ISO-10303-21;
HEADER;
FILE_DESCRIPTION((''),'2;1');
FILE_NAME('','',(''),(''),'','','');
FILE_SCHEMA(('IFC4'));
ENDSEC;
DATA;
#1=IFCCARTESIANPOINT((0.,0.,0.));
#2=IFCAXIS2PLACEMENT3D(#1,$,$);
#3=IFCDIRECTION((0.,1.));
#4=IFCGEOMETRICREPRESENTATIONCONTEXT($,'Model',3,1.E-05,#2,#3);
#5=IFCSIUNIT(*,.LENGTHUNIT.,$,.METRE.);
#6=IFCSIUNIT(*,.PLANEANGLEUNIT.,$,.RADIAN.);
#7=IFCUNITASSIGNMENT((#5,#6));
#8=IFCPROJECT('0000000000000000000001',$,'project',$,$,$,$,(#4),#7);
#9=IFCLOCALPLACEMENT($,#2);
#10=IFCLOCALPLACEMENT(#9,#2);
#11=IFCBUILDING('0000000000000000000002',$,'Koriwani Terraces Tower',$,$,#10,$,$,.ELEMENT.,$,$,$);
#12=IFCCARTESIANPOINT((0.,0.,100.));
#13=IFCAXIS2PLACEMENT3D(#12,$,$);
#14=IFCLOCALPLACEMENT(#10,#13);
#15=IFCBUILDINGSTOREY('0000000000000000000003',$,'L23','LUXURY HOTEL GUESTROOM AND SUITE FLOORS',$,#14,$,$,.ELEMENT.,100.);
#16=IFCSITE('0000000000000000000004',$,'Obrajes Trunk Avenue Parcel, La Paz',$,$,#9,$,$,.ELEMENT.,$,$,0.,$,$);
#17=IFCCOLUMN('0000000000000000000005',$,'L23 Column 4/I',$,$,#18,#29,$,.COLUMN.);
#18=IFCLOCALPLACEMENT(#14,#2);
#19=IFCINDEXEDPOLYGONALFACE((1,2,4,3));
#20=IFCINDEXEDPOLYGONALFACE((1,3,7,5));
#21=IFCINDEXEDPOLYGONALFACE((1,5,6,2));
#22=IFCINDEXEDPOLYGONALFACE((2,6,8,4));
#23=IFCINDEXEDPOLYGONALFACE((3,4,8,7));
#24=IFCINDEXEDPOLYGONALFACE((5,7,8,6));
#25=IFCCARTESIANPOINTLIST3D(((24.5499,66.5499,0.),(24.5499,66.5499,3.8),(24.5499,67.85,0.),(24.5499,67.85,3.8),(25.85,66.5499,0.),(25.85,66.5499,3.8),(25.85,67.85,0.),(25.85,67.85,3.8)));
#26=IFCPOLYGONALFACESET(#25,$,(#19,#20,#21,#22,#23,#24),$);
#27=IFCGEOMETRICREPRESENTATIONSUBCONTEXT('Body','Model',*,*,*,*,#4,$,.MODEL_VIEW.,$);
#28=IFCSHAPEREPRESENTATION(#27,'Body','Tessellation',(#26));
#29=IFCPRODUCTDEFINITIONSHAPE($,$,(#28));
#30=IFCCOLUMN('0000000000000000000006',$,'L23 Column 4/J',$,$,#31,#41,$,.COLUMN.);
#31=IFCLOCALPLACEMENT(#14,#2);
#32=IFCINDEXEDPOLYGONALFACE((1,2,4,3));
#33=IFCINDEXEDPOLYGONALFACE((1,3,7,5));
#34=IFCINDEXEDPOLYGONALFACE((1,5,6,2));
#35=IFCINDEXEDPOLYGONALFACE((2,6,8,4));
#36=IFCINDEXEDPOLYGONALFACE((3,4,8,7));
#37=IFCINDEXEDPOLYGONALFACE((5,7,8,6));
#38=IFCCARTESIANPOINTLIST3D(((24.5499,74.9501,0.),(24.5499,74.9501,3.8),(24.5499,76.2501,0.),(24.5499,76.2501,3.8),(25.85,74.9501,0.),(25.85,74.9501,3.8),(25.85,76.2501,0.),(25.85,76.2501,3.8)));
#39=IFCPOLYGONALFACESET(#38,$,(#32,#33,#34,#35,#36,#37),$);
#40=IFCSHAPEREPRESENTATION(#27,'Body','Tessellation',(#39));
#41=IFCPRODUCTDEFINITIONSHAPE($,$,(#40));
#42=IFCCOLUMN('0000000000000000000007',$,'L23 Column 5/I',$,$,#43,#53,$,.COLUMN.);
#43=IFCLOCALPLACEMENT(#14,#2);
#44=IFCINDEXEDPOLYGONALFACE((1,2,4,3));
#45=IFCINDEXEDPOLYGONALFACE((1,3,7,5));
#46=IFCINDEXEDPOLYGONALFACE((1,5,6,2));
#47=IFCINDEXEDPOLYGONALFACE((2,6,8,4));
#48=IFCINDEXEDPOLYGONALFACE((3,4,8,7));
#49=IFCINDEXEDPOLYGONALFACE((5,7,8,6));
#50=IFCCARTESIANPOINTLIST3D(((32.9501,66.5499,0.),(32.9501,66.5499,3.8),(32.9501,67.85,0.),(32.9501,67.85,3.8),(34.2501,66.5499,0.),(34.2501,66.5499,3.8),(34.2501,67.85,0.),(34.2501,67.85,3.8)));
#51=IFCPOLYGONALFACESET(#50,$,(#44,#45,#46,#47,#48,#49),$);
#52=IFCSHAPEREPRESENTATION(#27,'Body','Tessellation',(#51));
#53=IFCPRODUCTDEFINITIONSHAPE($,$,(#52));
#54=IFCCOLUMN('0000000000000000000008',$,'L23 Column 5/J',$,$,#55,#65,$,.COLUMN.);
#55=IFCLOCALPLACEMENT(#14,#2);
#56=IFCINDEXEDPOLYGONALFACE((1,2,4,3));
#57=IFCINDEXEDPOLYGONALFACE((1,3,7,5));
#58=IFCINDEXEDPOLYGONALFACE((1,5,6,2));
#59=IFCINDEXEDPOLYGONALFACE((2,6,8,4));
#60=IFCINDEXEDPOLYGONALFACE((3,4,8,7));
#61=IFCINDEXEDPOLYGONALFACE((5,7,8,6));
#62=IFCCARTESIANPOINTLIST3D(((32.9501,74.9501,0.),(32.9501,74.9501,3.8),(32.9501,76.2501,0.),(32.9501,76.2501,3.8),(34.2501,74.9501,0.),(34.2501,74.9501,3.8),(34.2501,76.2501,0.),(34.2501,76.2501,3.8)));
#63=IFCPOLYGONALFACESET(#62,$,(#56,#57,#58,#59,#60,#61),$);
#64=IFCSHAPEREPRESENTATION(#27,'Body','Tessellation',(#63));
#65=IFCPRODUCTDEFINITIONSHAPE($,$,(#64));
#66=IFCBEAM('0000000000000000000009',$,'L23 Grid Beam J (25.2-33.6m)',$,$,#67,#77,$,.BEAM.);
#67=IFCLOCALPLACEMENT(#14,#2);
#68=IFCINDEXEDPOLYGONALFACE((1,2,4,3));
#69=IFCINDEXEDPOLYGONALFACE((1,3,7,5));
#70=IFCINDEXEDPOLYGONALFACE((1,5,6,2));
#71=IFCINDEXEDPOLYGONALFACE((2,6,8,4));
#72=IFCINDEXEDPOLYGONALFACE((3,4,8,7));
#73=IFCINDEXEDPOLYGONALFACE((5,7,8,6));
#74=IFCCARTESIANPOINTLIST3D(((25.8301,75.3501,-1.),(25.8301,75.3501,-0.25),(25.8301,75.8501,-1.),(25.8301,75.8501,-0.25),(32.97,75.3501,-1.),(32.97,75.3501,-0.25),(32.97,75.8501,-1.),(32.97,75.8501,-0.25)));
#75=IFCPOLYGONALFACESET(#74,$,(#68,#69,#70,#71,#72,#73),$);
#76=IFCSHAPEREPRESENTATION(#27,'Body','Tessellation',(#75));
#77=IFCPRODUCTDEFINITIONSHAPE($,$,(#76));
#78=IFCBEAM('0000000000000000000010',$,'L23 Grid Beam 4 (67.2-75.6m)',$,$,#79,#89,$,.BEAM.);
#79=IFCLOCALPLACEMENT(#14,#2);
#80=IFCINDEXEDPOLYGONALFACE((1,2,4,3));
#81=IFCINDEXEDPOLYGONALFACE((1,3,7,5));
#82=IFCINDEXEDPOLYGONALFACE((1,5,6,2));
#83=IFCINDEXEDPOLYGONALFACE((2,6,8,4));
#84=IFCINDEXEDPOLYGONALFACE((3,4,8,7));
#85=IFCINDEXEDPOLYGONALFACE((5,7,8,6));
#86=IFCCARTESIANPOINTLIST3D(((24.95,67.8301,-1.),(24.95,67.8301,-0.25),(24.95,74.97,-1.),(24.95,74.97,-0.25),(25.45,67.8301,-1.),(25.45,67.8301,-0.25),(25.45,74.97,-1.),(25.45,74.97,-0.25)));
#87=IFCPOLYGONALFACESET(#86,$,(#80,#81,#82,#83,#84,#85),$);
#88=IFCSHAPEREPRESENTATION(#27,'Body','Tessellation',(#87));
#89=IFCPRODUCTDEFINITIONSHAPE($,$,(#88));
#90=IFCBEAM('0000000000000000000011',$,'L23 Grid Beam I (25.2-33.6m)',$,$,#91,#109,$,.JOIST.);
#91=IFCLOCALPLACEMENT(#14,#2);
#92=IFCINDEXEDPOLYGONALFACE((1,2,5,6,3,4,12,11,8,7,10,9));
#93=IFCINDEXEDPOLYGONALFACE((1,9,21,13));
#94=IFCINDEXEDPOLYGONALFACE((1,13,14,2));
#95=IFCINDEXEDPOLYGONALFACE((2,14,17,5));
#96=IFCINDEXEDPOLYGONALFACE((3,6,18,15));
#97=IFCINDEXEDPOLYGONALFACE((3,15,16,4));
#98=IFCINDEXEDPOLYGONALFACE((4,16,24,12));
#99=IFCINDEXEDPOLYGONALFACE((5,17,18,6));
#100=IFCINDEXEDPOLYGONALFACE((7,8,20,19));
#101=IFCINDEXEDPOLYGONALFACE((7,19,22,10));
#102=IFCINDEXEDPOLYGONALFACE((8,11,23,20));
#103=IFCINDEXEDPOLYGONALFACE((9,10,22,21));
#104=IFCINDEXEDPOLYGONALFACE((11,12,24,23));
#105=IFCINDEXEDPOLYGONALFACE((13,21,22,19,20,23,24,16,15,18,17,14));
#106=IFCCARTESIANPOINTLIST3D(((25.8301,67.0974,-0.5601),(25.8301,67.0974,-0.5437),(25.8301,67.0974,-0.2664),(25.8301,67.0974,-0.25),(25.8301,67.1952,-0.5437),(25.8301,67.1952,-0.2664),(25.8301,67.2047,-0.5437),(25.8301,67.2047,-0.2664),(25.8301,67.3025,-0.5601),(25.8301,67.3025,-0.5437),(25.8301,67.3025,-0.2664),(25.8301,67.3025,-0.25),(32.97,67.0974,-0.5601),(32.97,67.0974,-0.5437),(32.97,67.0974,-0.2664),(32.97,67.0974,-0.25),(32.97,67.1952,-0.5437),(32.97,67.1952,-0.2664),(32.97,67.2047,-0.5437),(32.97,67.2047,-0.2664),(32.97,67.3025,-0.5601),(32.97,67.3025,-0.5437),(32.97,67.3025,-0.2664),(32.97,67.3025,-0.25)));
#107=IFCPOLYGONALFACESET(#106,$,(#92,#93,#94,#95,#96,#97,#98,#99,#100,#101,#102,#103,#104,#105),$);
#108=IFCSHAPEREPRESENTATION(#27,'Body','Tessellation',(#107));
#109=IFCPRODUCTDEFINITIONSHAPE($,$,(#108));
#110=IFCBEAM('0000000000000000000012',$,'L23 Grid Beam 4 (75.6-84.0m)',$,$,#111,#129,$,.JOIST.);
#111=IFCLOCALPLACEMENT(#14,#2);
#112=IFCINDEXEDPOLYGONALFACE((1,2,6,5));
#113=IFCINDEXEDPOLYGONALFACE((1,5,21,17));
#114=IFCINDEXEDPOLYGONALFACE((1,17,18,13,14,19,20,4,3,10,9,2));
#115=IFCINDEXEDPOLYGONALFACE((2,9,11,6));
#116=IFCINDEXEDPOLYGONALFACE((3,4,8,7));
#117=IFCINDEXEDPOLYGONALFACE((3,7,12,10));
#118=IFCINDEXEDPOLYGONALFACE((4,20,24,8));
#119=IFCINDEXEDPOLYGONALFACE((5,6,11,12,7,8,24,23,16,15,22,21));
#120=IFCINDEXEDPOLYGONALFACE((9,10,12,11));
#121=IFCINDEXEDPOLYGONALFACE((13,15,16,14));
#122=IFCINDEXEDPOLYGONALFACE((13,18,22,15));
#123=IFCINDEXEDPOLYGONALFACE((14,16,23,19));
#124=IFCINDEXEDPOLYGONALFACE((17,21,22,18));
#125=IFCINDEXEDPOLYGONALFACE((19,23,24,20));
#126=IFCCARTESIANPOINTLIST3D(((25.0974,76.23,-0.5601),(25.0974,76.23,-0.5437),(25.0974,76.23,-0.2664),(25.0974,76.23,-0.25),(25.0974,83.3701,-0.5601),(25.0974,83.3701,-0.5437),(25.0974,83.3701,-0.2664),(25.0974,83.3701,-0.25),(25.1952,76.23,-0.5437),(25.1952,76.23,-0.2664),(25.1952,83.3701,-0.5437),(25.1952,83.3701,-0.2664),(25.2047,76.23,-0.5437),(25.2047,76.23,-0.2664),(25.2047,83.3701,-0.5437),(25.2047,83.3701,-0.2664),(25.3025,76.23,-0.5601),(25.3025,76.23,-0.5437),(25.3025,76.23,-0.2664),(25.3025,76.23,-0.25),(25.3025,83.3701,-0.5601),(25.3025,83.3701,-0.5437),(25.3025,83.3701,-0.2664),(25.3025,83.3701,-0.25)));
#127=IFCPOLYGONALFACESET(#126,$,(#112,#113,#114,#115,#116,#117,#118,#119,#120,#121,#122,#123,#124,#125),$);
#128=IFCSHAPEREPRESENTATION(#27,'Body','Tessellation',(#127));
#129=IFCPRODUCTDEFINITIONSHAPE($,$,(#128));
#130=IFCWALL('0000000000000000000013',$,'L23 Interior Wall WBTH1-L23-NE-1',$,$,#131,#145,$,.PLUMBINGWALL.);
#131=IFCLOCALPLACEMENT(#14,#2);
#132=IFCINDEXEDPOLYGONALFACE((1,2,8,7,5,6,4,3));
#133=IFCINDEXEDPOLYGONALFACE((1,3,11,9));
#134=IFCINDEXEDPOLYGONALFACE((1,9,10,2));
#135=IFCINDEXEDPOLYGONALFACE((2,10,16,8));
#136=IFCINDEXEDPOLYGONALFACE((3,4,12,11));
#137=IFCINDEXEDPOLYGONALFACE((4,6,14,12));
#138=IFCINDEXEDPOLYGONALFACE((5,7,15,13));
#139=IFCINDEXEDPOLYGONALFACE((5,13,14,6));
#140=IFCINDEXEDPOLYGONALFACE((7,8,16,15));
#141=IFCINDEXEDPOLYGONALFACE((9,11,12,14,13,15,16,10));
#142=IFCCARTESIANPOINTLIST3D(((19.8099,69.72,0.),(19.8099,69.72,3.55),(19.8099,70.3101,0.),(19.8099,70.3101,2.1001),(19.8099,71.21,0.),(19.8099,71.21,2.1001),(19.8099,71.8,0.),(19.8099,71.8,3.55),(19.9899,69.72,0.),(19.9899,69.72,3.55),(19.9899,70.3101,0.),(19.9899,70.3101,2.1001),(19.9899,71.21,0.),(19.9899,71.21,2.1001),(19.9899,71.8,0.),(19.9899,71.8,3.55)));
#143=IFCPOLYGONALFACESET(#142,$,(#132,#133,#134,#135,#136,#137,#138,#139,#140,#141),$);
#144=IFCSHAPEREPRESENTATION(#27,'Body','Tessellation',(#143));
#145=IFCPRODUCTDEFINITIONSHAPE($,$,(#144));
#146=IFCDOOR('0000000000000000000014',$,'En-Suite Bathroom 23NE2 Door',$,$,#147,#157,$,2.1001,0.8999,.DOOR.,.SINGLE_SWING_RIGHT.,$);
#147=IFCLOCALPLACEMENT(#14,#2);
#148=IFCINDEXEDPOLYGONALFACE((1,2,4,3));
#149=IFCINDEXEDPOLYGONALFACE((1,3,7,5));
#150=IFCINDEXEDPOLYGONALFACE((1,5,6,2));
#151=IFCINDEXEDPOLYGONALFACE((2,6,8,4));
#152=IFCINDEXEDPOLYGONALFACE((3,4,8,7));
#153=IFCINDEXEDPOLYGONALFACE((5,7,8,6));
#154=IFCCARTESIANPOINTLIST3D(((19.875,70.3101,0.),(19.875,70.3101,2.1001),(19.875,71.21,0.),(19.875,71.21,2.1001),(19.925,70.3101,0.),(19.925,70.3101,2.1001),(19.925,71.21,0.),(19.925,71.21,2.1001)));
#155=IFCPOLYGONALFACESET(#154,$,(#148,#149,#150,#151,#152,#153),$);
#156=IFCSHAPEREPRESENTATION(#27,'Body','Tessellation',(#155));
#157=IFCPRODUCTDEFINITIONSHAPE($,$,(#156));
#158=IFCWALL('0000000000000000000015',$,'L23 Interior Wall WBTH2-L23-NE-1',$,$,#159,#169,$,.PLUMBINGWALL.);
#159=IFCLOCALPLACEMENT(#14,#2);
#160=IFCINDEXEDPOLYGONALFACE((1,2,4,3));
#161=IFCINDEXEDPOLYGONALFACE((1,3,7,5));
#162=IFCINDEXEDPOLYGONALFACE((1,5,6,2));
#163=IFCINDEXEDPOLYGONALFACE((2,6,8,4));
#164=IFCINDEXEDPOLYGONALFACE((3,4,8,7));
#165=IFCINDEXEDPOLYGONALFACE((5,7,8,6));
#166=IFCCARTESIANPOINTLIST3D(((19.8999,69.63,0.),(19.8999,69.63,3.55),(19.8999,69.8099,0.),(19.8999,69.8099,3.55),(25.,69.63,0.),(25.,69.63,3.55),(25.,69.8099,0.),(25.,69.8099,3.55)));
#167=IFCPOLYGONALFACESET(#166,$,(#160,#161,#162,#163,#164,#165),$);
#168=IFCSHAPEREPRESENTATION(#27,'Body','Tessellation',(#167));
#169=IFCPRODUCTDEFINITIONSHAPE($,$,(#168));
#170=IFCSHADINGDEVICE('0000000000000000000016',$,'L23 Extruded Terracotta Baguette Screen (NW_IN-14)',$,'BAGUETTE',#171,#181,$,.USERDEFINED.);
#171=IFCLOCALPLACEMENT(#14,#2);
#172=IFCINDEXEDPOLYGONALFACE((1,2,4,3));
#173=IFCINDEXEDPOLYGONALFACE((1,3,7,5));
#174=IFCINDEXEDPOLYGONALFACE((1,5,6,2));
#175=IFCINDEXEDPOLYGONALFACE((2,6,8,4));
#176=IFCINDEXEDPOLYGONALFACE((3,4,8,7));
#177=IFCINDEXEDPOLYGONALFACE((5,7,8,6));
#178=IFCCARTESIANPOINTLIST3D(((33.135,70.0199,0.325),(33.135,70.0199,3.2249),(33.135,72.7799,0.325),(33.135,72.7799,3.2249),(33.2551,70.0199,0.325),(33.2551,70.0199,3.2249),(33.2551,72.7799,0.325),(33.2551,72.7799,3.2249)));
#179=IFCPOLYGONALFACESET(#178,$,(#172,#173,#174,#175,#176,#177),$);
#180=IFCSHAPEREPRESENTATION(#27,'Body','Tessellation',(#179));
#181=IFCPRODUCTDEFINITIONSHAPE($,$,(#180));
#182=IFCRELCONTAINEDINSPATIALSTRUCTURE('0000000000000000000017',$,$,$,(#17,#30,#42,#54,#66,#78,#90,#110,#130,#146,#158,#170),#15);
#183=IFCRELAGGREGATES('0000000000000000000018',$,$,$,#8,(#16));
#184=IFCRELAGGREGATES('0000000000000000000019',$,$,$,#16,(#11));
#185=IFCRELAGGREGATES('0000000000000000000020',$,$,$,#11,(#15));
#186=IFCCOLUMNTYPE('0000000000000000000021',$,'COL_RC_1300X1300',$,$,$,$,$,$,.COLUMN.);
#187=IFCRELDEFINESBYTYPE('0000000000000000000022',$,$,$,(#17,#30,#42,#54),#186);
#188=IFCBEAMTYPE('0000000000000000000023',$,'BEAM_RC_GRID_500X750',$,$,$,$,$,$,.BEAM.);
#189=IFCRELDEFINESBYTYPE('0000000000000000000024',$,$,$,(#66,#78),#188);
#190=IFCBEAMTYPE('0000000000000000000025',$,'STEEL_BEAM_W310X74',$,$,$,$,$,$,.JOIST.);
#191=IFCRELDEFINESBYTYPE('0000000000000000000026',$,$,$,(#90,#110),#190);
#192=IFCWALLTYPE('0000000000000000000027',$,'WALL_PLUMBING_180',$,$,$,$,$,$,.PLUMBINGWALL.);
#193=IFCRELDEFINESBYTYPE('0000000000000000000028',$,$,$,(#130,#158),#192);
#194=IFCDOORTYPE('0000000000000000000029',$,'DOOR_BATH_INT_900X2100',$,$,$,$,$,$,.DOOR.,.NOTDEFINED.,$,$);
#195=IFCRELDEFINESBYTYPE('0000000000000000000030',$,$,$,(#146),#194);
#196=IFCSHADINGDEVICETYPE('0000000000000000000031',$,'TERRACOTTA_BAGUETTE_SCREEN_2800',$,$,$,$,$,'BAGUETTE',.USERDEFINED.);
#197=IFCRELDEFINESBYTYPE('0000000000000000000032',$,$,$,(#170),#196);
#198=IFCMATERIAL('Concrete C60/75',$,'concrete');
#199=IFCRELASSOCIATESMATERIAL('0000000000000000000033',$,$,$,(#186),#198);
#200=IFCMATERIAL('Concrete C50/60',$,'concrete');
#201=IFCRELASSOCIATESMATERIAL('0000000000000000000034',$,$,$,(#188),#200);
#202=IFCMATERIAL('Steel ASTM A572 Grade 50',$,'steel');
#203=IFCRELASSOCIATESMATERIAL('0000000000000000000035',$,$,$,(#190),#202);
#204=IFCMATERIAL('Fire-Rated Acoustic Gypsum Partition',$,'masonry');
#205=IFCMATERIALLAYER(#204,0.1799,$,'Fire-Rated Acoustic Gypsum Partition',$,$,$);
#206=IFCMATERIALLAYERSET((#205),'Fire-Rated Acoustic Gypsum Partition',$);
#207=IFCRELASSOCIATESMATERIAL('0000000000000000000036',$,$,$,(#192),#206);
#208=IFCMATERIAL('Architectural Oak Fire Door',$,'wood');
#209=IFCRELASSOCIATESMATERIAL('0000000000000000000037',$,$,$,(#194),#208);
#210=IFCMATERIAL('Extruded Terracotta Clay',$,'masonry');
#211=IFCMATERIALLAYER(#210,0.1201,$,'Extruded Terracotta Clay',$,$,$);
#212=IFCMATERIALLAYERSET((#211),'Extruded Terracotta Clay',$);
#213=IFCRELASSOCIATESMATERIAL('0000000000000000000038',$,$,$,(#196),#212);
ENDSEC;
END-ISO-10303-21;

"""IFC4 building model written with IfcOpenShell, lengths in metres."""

from ifc_helpers import new_model, si_unit, direction, frame, frame_2d, origin, origin_2d, place, context, subcontext, project, spatial, rectangle, i_section, extrude, material, layer, layer_set, material_profile, profile_set, type_object, element, fill, save


model = new_model("IFC4")

# Units and contexts
model_context = context("Model", 3, precision=1e-05, world=origin(), true_north=direction((0.0, 1.0)))
body_context = subcontext(model_context, "Body", "Model", "MODEL_VIEW")
ifc_project = project(units=[si_unit("LENGTHUNIT", "METRE"), si_unit("PLANEANGLEUNIT", "RADIAN")], contexts=[model_context])

# Site, building, storey
site_placement = place(None, origin())
site = spatial("IfcSite", under=ifc_project, at=site_placement, Name="Obrajes Trunk Avenue Parcel, La Paz", CompositionType="ELEMENT", RefElevation=0.0)
building_placement = place(site_placement, origin())
building = spatial("IfcBuilding", under=site, at=building_placement, Name="Koriwani Terraces Tower", CompositionType="ELEMENT")
storey_placement = place(building_placement, frame((0.0, 0.0, 100.0)))
storey = spatial("IfcBuildingStorey", under=building, at=storey_placement, Name="L23", Description="LUXURY HOTEL GUESTROOM AND SUITE FLOORS", CompositionType="ELEMENT", Elevation=100.0)

# Columns
ifc_material_1 = material(Name="Concrete C60/75", Category="concrete")
ifc_material_profile_1 = material_profile(ifc_material_1, rectangle(XDim=1.3, YDim=1.3, at=origin_2d()), Name="Concrete C60/75", Category="LoadBearing")
ifc_profile_set_1 = profile_set([ifc_material_profile_1], Name="Concrete C60/75")
column_type = type_object("IfcColumnType", Name="COL_RC_1300X1300", PredefinedType="COLUMN", material=ifc_profile_set_1)
for number, where, z_axis, x_axis, name in (
    (1, (25.2, 67.2, 0.0), (0.0, 0.0, 1.0), (1.0, 0.0, 0.0), "L23 Column 4/I"),
    (2, (25.2, 75.6001, 0.0), (0.0, 0.0, 1.0), (1.0, 0.0, 0.0), "L23 Column 4/J"),
    (3, (33.6001, 67.2, 0.0), (0.0, 0.0, 1.0), (1.0, 0.0, 0.0), "L23 Column 5/I"),
    (4, (33.6001, 75.6001, 0.0), (0.0, 0.0, 1.0), (1.0, 0.0, 0.0), "L23 Column 5/J"),
):
    element("IfcColumn", number, at=place(storey_placement, frame(where, z_axis=z_axis, x_axis=x_axis)), inside=storey, type_object=column_type, Name=name, PredefinedType="COLUMN", context=body_context, shape_type="SweptSolid", body=[
        extrude(rectangle(XDim=1.3, YDim=1.3, at=origin_2d()), origin(), (0.0, 0.0, 1.0), 3.8),
    ])

# Beams
ifc_material_2 = material(Name="Concrete C50/60", Category="concrete")
ifc_material_profile_2 = material_profile(ifc_material_2, rectangle(XDim=0.5, YDim=0.75, at=origin_2d()), Name="Concrete C50/60", Category="LoadBearing")
ifc_profile_set_2 = profile_set([ifc_material_profile_2], Name="Concrete C50/60")
beam_type_1 = type_object("IfcBeamType", Name="BEAM_RC_GRID_500X750", PredefinedType="BEAM", material=ifc_profile_set_2)
for number, where, z_axis, x_axis, name in (
    (5, (25.8301, 75.6001, -0.625), (1.0, 0.0, 0.0), (0.0, 1.0, 0.0), "L23 Grid Beam J (25.2-33.6m)"),
    (6, (25.2, 67.8301, -0.625), (0.0, 1.0, 0.0), (-1.0, 0.0, 0.0), "L23 Grid Beam 4 (67.2-75.6m)"),
):
    element("IfcBeam", number, at=place(storey_placement, frame(where, z_axis=z_axis, x_axis=x_axis)), inside=storey, type_object=beam_type_1, Name=name, PredefinedType="BEAM", context=body_context, shape_type="SweptSolid", body=[
        extrude(rectangle(XDim=0.5, YDim=0.75, at=origin_2d()), origin(), (0.0, 0.0, 1.0), 7.1399),
    ])
ifc_material_3 = material(Name="Steel ASTM A572 Grade 50", Category="steel")
ifc_material_profile_3 = material_profile(ifc_material_3, i_section(OverallWidth=0.2051, OverallDepth=0.3101, WebThickness=0.0095, FlangeThickness=0.0164, at=origin_2d()), Name="Steel ASTM A572 Grade 50", Category="LoadBearing")
ifc_profile_set_3 = profile_set([ifc_material_profile_3], Name="Steel ASTM A572 Grade 50")
beam_type_2 = type_object("IfcBeamType", Name="STEEL_BEAM_W310X74", PredefinedType="JOIST", material=ifc_profile_set_3)
beam_1_placement = place(storey_placement, frame((25.8301, 67.2, -0.405), z_axis=(1.0, 0.0, 0.0), x_axis=(0.0, 1.0, 0.0)))
element("IfcBeam", 7, at=beam_1_placement, inside=storey, type_object=beam_type_2, Name="L23 Grid Beam I (25.2-33.6m)", PredefinedType="JOIST", context=body_context, shape_type="SweptSolid", body=[
    extrude(i_section(OverallWidth=0.2051, OverallDepth=0.3101, WebThickness=0.0095, FlangeThickness=0.0164, at=origin_2d()), origin(), (0.0, 0.0, 1.0), 7.1399),
])
beam_2_placement = place(storey_placement, frame((25.2, 76.23, -0.405), z_axis=(0.0, 1.0, 0.0), x_axis=(-1.0, 0.0, 0.0)))
element("IfcBeam", 8, at=beam_2_placement, inside=storey, type_object=beam_type_2, Name="L23 Grid Beam 4 (75.6-84.0m)", PredefinedType="JOIST", context=body_context, shape_type="SweptSolid", body=[
    extrude(i_section(OverallWidth=0.2051, OverallDepth=0.3101, WebThickness=0.0095, FlangeThickness=0.0164, at=origin_2d()), origin(), (0.0, 0.0, 1.0), 7.1401),
])

# Wall, opening, door
ifc_material_4 = material(Name="Fire-Rated Acoustic Gypsum Partition", Category="masonry")
ifc_layer_1 = layer(ifc_material_4, 0.1799, Name="Fire-Rated Acoustic Gypsum Partition")
ifc_layer_set_1 = layer_set([ifc_layer_1], Name="Fire-Rated Acoustic Gypsum Partition")
wall_type = type_object("IfcWallType", Name="WALL_PLUMBING_180", PredefinedType="PLUMBINGWALL", material=ifc_layer_set_1)
wall_1_placement = place(storey_placement, frame((19.8999, 69.72, 0.0), z_axis=(0.0, 0.0, 1.0), x_axis=(0.0, 1.0, 0.0)))
wall_1 = element("IfcWall", 9, at=wall_1_placement, inside=storey, type_object=wall_type, Name="L23 Interior Wall WBTH1-L23-NE-1", PredefinedType="PLUMBINGWALL", context=body_context, shape_type="SweptSolid", body=[
    extrude(rectangle(XDim=2.0801, YDim=0.1799, at=frame_2d((1.04, 0.0))), origin(), (0.0, 0.0, 1.0), 3.55),
])
opening_placement = place(wall_1_placement, frame((0.5901, 0.0, 0.0)))
opening = element("IfcOpeningElement", 10, at=opening_placement, cuts=wall_1, PredefinedType="OPENING", context=body_context, shape_type="SweptSolid", body=[
    extrude(rectangle(XDim=0.8999, YDim=2.1001, at=frame_2d((0.45, 1.05))), frame((0.0, 0.1001, 0.0), z_axis=(0.0, -1.0, 0.0), x_axis=(1.0, 0.0, 0.0)), (0.0, 0.0, 1.0), 0.2),
])
ifc_material_5 = material(Name="Architectural Oak Fire Door", Category="wood")
door_type = type_object("IfcDoorType", Name="DOOR_BATH_INT_900X2100", OperationType="NOTDEFINED", PredefinedType="DOOR", material=ifc_material_5)
door_placement = place(opening_placement, origin())
door = element("IfcDoor", 11, at=door_placement, inside=storey, type_object=door_type, Name="En-Suite Bathroom 23NE2 Door", OperationType="SINGLE_SWING_RIGHT", OverallHeight=2.1001, OverallWidth=0.8999, PredefinedType="DOOR", context=body_context, shape_type="SweptSolid", body=[
    extrude(rectangle(XDim=0.8999, YDim=2.1001, at=frame_2d((0.45, 1.05))), frame((0.0, 0.0249, 0.0), z_axis=(0.0, -1.0, 0.0), x_axis=(1.0, 0.0, 0.0)), (0.0, 0.0, 1.0), 0.05),
])
fill(opening, door)

# Wall
wall_2_placement = place(storey_placement, frame((19.8999, 69.72, 0.0), z_axis=(0.0, 0.0, 1.0), x_axis=(1.0, 0.0, 0.0)))
element("IfcWall", 12, at=wall_2_placement, inside=storey, type_object=wall_type, Name="L23 Interior Wall WBTH2-L23-NE-1", PredefinedType="PLUMBINGWALL", context=body_context, shape_type="SweptSolid", body=[
    extrude(rectangle(XDim=5.1001, YDim=0.1799, at=frame_2d((2.55, 0.0))), origin(), (0.0, 0.0, 1.0), 3.55),
])

# Shading device
ifc_material_6 = material(Name="Extruded Terracotta Clay", Category="masonry")
ifc_layer_2 = layer(ifc_material_6, 0.1201, Name="Extruded Terracotta Clay")
ifc_layer_set_2 = layer_set([ifc_layer_2], Name="Extruded Terracotta Clay")
shading_device_type = type_object("IfcShadingDeviceType", Name="TERRACOTTA_BAGUETTE_SCREEN_2800", ElementType="BAGUETTE", PredefinedType="USERDEFINED", material=ifc_layer_set_2)
shading_device_placement = place(storey_placement, frame((33.1951, 71.3999, 0.325), z_axis=(0.0, 0.0, 1.0), x_axis=(0.0, -1.0, 0.0)))
element("IfcShadingDevice", 13, at=shading_device_placement, inside=storey, type_object=shading_device_type, Name="L23 Extruded Terracotta Baguette Screen (NW_IN-14)", ObjectType="BAGUETTE", PredefinedType="USERDEFINED", context=body_context, shape_type="SweptSolid", body=[
    extrude(rectangle(XDim=2.76, YDim=0.1201, at=origin_2d()), origin(), (0.0, 0.0, 1.0), 2.8999),
])

save(model, "model.ifc")
